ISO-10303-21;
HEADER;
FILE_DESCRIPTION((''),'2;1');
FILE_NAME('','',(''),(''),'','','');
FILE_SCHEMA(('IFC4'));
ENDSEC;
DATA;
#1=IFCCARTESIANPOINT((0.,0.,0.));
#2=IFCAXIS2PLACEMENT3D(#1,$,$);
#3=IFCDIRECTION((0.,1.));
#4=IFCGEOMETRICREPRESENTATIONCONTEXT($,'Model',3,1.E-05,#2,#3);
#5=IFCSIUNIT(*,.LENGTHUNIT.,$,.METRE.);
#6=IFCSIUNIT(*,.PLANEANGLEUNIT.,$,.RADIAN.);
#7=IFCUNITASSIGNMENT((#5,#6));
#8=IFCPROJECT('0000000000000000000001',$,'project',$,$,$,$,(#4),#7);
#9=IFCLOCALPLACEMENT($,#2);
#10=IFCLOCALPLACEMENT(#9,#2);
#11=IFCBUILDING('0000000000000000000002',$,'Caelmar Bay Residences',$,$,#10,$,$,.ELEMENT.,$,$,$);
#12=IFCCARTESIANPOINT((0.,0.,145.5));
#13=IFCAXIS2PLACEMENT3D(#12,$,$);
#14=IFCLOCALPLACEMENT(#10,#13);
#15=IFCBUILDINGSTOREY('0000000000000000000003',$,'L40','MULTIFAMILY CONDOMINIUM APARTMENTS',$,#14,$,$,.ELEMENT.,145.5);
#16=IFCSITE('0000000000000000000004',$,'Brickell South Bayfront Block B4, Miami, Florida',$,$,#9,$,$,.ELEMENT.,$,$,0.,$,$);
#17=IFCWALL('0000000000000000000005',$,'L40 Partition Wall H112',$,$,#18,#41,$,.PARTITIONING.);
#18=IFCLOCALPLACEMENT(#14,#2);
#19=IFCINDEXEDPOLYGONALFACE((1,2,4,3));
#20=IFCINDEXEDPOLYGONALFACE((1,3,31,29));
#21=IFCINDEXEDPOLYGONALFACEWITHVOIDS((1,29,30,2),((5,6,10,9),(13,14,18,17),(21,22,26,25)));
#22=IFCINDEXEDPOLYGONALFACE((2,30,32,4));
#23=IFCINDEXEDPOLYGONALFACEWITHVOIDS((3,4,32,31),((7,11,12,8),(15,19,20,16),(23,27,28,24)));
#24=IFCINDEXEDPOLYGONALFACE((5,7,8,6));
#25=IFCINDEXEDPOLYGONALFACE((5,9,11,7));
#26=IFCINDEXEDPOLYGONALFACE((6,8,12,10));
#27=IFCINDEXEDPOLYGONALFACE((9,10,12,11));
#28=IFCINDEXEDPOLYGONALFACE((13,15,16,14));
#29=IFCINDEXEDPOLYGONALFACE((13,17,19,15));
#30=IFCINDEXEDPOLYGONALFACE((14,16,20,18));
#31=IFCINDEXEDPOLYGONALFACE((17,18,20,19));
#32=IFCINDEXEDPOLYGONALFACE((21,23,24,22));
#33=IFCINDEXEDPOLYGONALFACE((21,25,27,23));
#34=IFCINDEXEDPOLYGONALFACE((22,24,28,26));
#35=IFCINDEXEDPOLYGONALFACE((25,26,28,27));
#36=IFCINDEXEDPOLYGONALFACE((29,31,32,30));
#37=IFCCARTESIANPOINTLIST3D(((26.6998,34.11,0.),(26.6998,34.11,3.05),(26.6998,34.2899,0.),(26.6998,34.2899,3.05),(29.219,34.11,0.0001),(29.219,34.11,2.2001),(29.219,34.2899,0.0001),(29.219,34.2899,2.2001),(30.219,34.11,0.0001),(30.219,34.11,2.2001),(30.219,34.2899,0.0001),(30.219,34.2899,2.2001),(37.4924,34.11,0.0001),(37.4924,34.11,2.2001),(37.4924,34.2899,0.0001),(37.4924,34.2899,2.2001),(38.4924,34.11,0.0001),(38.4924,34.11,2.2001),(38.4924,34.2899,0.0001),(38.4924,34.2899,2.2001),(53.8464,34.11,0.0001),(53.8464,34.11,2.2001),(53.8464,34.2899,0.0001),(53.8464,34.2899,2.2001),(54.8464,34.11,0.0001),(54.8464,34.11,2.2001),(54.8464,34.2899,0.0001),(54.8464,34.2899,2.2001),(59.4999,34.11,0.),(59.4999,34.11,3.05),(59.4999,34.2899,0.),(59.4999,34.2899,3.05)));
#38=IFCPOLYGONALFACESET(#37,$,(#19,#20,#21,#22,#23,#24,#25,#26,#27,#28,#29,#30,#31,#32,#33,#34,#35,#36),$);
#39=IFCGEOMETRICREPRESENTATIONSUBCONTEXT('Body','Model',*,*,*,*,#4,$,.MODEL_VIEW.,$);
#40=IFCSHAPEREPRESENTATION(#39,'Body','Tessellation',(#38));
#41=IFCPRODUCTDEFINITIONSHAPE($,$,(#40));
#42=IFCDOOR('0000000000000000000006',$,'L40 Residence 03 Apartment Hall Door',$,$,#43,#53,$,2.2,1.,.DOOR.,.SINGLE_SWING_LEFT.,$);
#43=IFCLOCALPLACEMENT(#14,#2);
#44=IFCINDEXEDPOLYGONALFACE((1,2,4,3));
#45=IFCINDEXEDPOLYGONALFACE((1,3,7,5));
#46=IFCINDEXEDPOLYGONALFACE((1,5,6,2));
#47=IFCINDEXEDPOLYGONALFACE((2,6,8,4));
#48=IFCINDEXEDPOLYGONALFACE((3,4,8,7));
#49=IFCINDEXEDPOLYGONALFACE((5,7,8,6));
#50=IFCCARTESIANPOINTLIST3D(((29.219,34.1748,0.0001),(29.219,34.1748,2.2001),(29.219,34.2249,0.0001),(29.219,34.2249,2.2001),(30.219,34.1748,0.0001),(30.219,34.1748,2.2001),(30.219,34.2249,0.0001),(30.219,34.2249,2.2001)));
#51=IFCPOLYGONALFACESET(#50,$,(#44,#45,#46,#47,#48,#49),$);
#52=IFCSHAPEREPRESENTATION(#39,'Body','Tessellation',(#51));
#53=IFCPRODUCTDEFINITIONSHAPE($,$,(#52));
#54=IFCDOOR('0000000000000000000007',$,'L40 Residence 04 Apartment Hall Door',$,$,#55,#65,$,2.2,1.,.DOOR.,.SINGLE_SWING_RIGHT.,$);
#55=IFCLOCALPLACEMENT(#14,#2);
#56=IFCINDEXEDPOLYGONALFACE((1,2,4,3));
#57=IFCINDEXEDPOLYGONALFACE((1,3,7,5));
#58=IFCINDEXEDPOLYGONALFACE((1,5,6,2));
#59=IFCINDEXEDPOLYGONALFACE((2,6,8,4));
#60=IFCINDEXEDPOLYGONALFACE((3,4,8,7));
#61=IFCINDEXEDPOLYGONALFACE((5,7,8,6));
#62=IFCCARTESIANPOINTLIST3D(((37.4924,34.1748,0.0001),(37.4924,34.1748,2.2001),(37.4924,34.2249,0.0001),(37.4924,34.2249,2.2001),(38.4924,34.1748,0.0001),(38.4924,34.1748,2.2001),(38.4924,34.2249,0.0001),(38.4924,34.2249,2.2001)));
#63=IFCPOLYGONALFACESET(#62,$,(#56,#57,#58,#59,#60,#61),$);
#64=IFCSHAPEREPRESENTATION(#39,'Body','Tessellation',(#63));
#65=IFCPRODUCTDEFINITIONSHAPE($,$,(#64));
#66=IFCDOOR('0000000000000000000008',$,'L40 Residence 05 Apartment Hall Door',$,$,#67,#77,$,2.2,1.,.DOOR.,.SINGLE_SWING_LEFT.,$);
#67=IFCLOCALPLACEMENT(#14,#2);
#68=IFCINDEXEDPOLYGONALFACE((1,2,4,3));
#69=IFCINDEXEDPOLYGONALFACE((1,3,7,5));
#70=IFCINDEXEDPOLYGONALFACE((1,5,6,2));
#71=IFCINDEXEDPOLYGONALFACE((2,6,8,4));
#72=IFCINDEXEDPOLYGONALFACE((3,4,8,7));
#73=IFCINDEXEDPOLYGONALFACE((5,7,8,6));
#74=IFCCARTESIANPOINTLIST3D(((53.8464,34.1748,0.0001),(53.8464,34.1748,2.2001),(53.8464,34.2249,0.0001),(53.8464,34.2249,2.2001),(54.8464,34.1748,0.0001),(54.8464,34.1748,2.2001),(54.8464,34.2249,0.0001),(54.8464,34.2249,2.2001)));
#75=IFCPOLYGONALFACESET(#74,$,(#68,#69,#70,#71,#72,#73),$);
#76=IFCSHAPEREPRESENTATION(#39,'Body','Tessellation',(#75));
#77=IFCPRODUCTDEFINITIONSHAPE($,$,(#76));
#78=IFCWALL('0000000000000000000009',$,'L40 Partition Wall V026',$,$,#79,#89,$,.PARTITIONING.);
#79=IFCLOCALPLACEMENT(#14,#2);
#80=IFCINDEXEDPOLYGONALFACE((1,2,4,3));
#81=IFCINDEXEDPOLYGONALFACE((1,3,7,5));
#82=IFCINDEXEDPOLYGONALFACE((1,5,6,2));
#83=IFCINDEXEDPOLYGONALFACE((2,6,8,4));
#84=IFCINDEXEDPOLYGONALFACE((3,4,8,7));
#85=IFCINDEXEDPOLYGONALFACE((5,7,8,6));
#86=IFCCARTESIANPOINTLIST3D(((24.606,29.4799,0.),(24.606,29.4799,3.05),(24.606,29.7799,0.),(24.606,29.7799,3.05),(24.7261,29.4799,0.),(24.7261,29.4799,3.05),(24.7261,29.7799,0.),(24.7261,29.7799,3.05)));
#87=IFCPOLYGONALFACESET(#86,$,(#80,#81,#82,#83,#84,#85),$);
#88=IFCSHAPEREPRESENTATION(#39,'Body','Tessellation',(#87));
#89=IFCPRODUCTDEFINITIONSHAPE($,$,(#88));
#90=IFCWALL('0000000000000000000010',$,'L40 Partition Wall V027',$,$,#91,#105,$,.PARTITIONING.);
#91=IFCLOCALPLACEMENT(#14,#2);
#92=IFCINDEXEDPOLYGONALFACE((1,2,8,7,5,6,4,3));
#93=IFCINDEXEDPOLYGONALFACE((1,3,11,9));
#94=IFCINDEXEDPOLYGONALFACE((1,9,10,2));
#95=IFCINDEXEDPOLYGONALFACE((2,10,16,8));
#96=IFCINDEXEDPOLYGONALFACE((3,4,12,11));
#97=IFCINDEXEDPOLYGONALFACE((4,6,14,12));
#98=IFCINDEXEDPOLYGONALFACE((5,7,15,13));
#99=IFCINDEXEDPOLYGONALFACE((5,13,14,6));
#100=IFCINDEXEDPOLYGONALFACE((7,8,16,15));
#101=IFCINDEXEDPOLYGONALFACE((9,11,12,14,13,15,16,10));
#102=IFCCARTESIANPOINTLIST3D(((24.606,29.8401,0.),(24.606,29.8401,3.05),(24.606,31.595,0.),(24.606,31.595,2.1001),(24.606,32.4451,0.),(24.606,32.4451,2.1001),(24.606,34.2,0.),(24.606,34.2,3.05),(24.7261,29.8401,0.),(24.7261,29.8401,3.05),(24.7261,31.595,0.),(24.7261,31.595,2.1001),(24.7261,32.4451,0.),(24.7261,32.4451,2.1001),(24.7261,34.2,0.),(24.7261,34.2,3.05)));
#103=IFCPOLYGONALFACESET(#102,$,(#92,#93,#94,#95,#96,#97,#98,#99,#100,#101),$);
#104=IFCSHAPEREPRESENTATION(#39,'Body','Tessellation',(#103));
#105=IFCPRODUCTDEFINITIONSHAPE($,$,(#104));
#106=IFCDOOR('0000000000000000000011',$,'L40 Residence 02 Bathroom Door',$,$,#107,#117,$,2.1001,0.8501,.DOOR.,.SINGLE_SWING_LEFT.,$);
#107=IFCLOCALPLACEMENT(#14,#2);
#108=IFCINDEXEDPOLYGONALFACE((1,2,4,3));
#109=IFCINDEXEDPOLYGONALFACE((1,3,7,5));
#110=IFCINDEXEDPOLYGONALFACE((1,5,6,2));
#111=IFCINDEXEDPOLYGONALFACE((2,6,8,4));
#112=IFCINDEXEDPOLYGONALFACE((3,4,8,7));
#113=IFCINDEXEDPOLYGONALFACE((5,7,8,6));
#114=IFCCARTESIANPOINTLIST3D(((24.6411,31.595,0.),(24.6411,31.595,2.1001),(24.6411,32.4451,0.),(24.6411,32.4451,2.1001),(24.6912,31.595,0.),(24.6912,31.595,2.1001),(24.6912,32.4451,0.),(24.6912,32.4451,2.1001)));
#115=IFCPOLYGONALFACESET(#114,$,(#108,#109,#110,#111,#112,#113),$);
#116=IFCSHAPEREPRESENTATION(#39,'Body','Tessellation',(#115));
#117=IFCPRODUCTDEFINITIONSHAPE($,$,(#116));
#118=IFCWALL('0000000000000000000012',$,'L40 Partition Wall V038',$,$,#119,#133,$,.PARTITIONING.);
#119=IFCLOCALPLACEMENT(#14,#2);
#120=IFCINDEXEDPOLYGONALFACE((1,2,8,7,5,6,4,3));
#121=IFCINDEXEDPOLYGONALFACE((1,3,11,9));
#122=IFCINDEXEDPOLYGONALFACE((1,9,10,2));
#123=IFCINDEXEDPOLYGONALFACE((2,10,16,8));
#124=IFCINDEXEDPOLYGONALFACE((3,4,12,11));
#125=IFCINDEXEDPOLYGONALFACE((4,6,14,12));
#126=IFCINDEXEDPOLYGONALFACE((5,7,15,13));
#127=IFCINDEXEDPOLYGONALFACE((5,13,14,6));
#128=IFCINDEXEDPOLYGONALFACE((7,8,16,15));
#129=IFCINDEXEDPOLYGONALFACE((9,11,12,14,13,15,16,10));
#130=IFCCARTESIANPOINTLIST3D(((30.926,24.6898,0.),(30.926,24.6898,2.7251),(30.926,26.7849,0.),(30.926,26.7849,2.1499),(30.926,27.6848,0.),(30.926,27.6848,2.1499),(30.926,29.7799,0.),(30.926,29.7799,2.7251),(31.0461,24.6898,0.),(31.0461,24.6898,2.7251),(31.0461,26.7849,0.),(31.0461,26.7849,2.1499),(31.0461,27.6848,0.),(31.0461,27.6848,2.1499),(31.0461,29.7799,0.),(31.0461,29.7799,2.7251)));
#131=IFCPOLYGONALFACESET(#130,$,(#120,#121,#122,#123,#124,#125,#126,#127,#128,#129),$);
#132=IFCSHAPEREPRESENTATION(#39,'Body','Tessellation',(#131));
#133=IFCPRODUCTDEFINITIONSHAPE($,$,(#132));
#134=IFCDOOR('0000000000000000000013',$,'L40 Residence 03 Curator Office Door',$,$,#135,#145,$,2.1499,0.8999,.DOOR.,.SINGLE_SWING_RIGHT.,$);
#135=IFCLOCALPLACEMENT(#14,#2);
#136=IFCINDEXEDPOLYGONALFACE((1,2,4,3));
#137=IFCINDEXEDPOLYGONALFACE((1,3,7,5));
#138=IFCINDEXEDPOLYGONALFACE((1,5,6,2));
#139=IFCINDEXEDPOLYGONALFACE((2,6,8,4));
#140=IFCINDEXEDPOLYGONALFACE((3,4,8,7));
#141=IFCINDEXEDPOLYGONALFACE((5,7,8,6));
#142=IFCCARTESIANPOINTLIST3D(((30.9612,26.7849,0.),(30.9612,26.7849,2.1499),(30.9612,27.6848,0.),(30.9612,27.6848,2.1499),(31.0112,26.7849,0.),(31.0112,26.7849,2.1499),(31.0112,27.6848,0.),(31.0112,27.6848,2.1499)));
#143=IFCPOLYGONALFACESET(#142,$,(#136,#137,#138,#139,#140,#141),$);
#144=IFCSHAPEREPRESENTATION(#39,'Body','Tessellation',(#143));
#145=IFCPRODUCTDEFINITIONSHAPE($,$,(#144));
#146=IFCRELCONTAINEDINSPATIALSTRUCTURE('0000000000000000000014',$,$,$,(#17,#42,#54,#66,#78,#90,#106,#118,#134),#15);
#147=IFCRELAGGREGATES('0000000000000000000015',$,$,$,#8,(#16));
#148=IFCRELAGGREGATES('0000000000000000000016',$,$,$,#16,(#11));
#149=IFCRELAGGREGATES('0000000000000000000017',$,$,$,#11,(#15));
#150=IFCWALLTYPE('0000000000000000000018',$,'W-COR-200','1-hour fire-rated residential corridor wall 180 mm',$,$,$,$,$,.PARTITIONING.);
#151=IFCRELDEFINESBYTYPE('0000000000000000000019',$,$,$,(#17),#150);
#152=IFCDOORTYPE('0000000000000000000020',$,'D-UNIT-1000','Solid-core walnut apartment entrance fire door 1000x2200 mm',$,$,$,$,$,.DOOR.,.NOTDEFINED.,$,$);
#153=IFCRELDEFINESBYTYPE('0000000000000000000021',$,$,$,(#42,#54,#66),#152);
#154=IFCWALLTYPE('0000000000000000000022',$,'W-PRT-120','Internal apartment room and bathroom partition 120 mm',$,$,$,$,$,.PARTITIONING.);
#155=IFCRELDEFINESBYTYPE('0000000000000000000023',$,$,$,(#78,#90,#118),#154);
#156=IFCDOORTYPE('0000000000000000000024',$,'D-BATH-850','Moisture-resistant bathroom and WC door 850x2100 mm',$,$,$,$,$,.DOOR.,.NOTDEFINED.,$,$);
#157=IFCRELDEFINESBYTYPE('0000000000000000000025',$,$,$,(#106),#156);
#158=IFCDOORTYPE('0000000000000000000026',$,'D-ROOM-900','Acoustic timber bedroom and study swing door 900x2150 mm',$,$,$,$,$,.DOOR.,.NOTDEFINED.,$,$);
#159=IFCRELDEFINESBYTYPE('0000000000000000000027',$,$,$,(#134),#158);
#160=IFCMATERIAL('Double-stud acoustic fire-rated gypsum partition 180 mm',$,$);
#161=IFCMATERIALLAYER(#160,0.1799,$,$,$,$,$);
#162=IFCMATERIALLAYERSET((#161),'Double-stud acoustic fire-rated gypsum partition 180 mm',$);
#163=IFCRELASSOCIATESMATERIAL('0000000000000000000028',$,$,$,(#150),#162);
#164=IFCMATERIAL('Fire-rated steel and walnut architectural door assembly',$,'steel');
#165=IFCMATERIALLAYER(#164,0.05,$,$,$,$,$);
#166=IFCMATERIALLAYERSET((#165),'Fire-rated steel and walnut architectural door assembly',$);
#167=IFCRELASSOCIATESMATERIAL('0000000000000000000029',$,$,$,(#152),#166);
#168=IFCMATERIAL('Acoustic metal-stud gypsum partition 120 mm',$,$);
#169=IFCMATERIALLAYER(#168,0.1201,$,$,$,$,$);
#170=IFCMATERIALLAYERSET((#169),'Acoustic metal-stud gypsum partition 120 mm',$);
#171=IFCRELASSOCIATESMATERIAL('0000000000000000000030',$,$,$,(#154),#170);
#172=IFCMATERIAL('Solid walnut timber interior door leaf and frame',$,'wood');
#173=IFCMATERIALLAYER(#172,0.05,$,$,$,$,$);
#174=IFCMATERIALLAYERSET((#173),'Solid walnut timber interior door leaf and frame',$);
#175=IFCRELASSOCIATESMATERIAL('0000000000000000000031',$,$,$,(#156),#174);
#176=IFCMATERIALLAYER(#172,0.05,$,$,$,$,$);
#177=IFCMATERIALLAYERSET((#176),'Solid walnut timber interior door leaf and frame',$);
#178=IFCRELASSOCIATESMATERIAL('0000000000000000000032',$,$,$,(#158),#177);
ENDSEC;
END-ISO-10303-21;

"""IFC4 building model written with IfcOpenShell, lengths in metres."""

from ifc_helpers import new_model, si_unit, direction, frame, frame_2d, origin, place, context, subcontext, project, spatial, rectangle, extrude, material, layer, layer_set, type_object, element, fill, save


model = new_model("IFC4")

# Units and contexts
model_context = context("Model", 3, precision=1e-05, world=origin(), true_north=direction((0.0, 1.0)))
body_context = subcontext(model_context, "Body", "Model", "MODEL_VIEW")
ifc_project = project(units=[si_unit("LENGTHUNIT", "METRE"), si_unit("PLANEANGLEUNIT", "RADIAN")], contexts=[model_context])

# Site, building, storey
site_placement = place(None, origin())
site = spatial("IfcSite", under=ifc_project, at=site_placement, Name="Brickell South Bayfront Block B4, Miami, Florida", CompositionType="ELEMENT", RefElevation=0.0)
building_placement = place(site_placement, origin())
building = spatial("IfcBuilding", under=site, at=building_placement, Name="Caelmar Bay Residences", CompositionType="ELEMENT")
storey_placement = place(building_placement, frame((0.0, 0.0, 145.5)))
storey = spatial("IfcBuildingStorey", under=building, at=storey_placement, Name="L40", Description="MULTIFAMILY CONDOMINIUM APARTMENTS", CompositionType="ELEMENT", Elevation=145.5)

# Wall, openings, doors
ifc_material_1 = material(Name="Double-stud acoustic fire-rated gypsum partition 180 mm")
ifc_layer_1 = layer(ifc_material_1, 0.1799)
ifc_layer_set_1 = layer_set([ifc_layer_1], Name="Double-stud acoustic fire-rated gypsum partition 180 mm")
wall_type_1 = type_object("IfcWallType", Name="W-COR-200", Description="1-hour fire-rated residential corridor wall 180 mm", PredefinedType="PARTITIONING", material=ifc_layer_set_1)
wall_1_placement = place(storey_placement, frame((26.7, 34.2, 0.0), z_axis=(0.0, 0.0, 1.0), x_axis=(1.0, 0.0, 0.0)))
wall_1 = element("IfcWall", 1, at=wall_1_placement, inside=storey, type_object=wall_type_1, Name="L40 Partition Wall H112", PredefinedType="PARTITIONING", context=body_context, shape_type="SweptSolid", body=[
    extrude(rectangle(XDim=32.8, YDim=0.1799, at=frame_2d((16.3999, 0.0))), origin(), (0.0, 0.0, 1.0), 3.05),
])
opening_1_placement = place(wall_1_placement, frame((2.519, 0.0, 0.0)))
opening_1 = element("IfcOpeningElement", 2, at=opening_1_placement, cuts=wall_1, PredefinedType="OPENING", context=body_context, shape_type="SweptSolid", body=[
    extrude(rectangle(XDim=1.0, YDim=2.2, at=frame_2d((0.5, 1.1001))), frame((0.0, 0.0999, 0.0), z_axis=(0.0, -1.0, 0.0), x_axis=(1.0, 0.0, 0.0)), (0.0, 0.0, 1.0), 0.2),
])
opening_2_placement = place(wall_1_placement, frame((10.7925, 0.0, 0.0)))
opening_2 = element("IfcOpeningElement", 3, at=opening_2_placement, cuts=wall_1, PredefinedType="OPENING", context=body_context, shape_type="SweptSolid", body=[
    extrude(rectangle(XDim=1.0, YDim=2.2, at=frame_2d((0.5, 1.1001))), frame((0.0, 0.0999, 0.0), z_axis=(0.0, -1.0, 0.0), x_axis=(1.0, 0.0, 0.0)), (0.0, 0.0, 1.0), 0.2),
])
opening_3_placement = place(wall_1_placement, frame((27.1465, 0.0, 0.0)))
opening_3 = element("IfcOpeningElement", 4, at=opening_3_placement, cuts=wall_1, PredefinedType="OPENING", context=body_context, shape_type="SweptSolid", body=[
    extrude(rectangle(XDim=1.0, YDim=2.2, at=frame_2d((0.5, 1.1001))), frame((0.0, 0.0999, 0.0), z_axis=(0.0, -1.0, 0.0), x_axis=(1.0, 0.0, 0.0)), (0.0, 0.0, 1.0), 0.2),
])
ifc_material_2 = material(Name="Fire-rated steel and walnut architectural door assembly", Category="steel")
ifc_layer_2 = layer(ifc_material_2, 0.05)
ifc_layer_set_2 = layer_set([ifc_layer_2], Name="Fire-rated steel and walnut architectural door assembly")
door_type_1 = type_object("IfcDoorType", Name="D-UNIT-1000", Description="Solid-core walnut apartment entrance fire door 1000x2200 mm", OperationType="NOTDEFINED", PredefinedType="DOOR", material=ifc_layer_set_2)
door_1_placement = place(opening_1_placement, origin())
door_1 = element("IfcDoor", 5, at=door_1_placement, inside=storey, type_object=door_type_1, Name="L40 Residence 03 Apartment Hall Door", OperationType="SINGLE_SWING_LEFT", OverallHeight=2.2, OverallWidth=1.0, PredefinedType="DOOR", context=body_context, shape_type="SweptSolid", body=[
    extrude(rectangle(XDim=1.0, YDim=2.2, at=frame_2d((0.5, 1.1001))), frame((0.0, 0.0249, 0.0), z_axis=(0.0, -1.0, 0.0), x_axis=(1.0, 0.0, 0.0)), (0.0, 0.0, 1.0), 0.05),
])
fill(opening_1, door_1)
door_2_placement = place(opening_2_placement, origin())
door_2 = element("IfcDoor", 6, at=door_2_placement, inside=storey, type_object=door_type_1, Name="L40 Residence 04 Apartment Hall Door", OperationType="SINGLE_SWING_RIGHT", OverallHeight=2.2, OverallWidth=1.0, PredefinedType="DOOR", context=body_context, shape_type="SweptSolid", body=[
    extrude(rectangle(XDim=1.0, YDim=2.2, at=frame_2d((0.5, 1.1001))), frame((0.0, 0.0249, 0.0), z_axis=(0.0, -1.0, 0.0), x_axis=(1.0, 0.0, 0.0)), (0.0, 0.0, 1.0), 0.05),
])
fill(opening_2, door_2)
door_3_placement = place(opening_3_placement, origin())
door_3 = element("IfcDoor", 7, at=door_3_placement, inside=storey, type_object=door_type_1, Name="L40 Residence 05 Apartment Hall Door", OperationType="SINGLE_SWING_LEFT", OverallHeight=2.2, OverallWidth=1.0, PredefinedType="DOOR", context=body_context, shape_type="SweptSolid", body=[
    extrude(rectangle(XDim=1.0, YDim=2.2, at=frame_2d((0.5, 1.1001))), frame((0.0, 0.0249, 0.0), z_axis=(0.0, -1.0, 0.0), x_axis=(1.0, 0.0, 0.0)), (0.0, 0.0, 1.0), 0.05),
])
fill(opening_3, door_3)

# Wall
ifc_material_3 = material(Name="Acoustic metal-stud gypsum partition 120 mm")
ifc_layer_3 = layer(ifc_material_3, 0.1201)
ifc_layer_set_3 = layer_set([ifc_layer_3], Name="Acoustic metal-stud gypsum partition 120 mm")
wall_type_2 = type_object("IfcWallType", Name="W-PRT-120", Description="Internal apartment room and bathroom partition 120 mm", PredefinedType="PARTITIONING", material=ifc_layer_set_3)
wall_2_placement = place(storey_placement, frame((24.666, 29.48, 0.0), z_axis=(0.0, 0.0, 1.0), x_axis=(0.0, 1.0, 0.0)))
element("IfcWall", 8, at=wall_2_placement, inside=storey, type_object=wall_type_2, Name="L40 Partition Wall V026", PredefinedType="PARTITIONING", context=body_context, shape_type="SweptSolid", body=[
    extrude(rectangle(XDim=0.3, YDim=0.1201, at=frame_2d((0.1499, 0.0))), origin(), (0.0, 0.0, 1.0), 3.05),
])

# Walls, openings, doors
wall_3_placement = place(storey_placement, frame((24.666, 29.8401, 0.0), z_axis=(0.0, 0.0, 1.0), x_axis=(0.0, 1.0, 0.0)))
wall_3 = element("IfcWall", 9, at=wall_3_placement, inside=storey, type_object=wall_type_2, Name="L40 Partition Wall V027", PredefinedType="PARTITIONING", context=body_context, shape_type="SweptSolid", body=[
    extrude(rectangle(XDim=4.3599, YDim=0.1201, at=frame_2d((2.1799, 0.0))), origin(), (0.0, 0.0, 1.0), 3.05),
])
opening_4_placement = place(wall_3_placement, frame((1.7549, 0.0, 0.0)))
opening_4 = element("IfcOpeningElement", 10, at=opening_4_placement, cuts=wall_3, PredefinedType="OPENING", context=body_context, shape_type="SweptSolid", body=[
    extrude(rectangle(XDim=0.8501, YDim=2.1001, at=frame_2d((0.425, 1.05))), frame((0.0, 0.0701, 0.0), z_axis=(0.0, -1.0, 0.0), x_axis=(1.0, 0.0, 0.0)), (0.0, 0.0, 1.0), 0.1401),
])
ifc_material_4 = material(Name="Solid walnut timber interior door leaf and frame", Category="wood")
ifc_layer_4 = layer(ifc_material_4, 0.05)
ifc_layer_set_4 = layer_set([ifc_layer_4], Name="Solid walnut timber interior door leaf and frame")
door_type_2 = type_object("IfcDoorType", Name="D-BATH-850", Description="Moisture-resistant bathroom and WC door 850x2100 mm", OperationType="NOTDEFINED", PredefinedType="DOOR", material=ifc_layer_set_4)
door_4_placement = place(opening_4_placement, origin())
door_4 = element("IfcDoor", 11, at=door_4_placement, inside=storey, type_object=door_type_2, Name="L40 Residence 02 Bathroom Door", OperationType="SINGLE_SWING_LEFT", OverallHeight=2.1001, OverallWidth=0.8501, PredefinedType="DOOR", context=body_context, shape_type="SweptSolid", body=[
    extrude(rectangle(XDim=0.8501, YDim=2.1001, at=frame_2d((0.425, 1.05))), frame((0.0, 0.0249, 0.0), z_axis=(0.0, -1.0, 0.0), x_axis=(1.0, 0.0, 0.0)), (0.0, 0.0, 1.0), 0.05),
])
fill(opening_4, door_4)
wall_4_placement = place(storey_placement, frame((30.9861, 24.6899, 0.0), z_axis=(0.0, 0.0, 1.0), x_axis=(0.0, 1.0, 0.0)))
wall_4 = element("IfcWall", 12, at=wall_4_placement, inside=storey, type_object=wall_type_2, Name="L40 Partition Wall V038", PredefinedType="PARTITIONING", context=body_context, shape_type="SweptSolid", body=[
    extrude(rectangle(XDim=5.0901, YDim=0.1201, at=frame_2d((2.5449, 0.0))), origin(), (0.0, 0.0, 1.0), 2.7251),
])
opening_5_placement = place(wall_4_placement, frame((2.095, 0.0, 0.0)))
opening_5 = element("IfcOpeningElement", 13, at=opening_5_placement, cuts=wall_4, PredefinedType="OPENING", context=body_context, shape_type="SweptSolid", body=[
    extrude(rectangle(XDim=0.8999, YDim=2.1499, at=frame_2d((0.45, 1.075))), frame((0.0, 0.0701, 0.0), z_axis=(0.0, -1.0, 0.0), x_axis=(1.0, 0.0, 0.0)), (0.0, 0.0, 1.0), 0.1401),
])
ifc_layer_5 = layer(ifc_material_4, 0.05)
ifc_layer_set_5 = layer_set([ifc_layer_5], Name="Solid walnut timber interior door leaf and frame")
door_type_3 = type_object("IfcDoorType", Name="D-ROOM-900", Description="Acoustic timber bedroom and study swing door 900x2150 mm", OperationType="NOTDEFINED", PredefinedType="DOOR", material=ifc_layer_set_5)
door_5_placement = place(opening_5_placement, origin())
door_5 = element("IfcDoor", 14, at=door_5_placement, inside=storey, type_object=door_type_3, Name="L40 Residence 03 Curator Office Door", OperationType="SINGLE_SWING_RIGHT", OverallHeight=2.1499, OverallWidth=0.8999, PredefinedType="DOOR", context=body_context, shape_type="SweptSolid", body=[
    extrude(rectangle(XDim=0.8999, YDim=2.1499, at=frame_2d((0.45, 1.075))), frame((0.0, 0.0249, 0.0), z_axis=(0.0, -1.0, 0.0), x_axis=(1.0, 0.0, 0.0)), (0.0, 0.0, 1.0), 0.05),
])
fill(opening_5, door_5)

save(model, "model.ifc")
